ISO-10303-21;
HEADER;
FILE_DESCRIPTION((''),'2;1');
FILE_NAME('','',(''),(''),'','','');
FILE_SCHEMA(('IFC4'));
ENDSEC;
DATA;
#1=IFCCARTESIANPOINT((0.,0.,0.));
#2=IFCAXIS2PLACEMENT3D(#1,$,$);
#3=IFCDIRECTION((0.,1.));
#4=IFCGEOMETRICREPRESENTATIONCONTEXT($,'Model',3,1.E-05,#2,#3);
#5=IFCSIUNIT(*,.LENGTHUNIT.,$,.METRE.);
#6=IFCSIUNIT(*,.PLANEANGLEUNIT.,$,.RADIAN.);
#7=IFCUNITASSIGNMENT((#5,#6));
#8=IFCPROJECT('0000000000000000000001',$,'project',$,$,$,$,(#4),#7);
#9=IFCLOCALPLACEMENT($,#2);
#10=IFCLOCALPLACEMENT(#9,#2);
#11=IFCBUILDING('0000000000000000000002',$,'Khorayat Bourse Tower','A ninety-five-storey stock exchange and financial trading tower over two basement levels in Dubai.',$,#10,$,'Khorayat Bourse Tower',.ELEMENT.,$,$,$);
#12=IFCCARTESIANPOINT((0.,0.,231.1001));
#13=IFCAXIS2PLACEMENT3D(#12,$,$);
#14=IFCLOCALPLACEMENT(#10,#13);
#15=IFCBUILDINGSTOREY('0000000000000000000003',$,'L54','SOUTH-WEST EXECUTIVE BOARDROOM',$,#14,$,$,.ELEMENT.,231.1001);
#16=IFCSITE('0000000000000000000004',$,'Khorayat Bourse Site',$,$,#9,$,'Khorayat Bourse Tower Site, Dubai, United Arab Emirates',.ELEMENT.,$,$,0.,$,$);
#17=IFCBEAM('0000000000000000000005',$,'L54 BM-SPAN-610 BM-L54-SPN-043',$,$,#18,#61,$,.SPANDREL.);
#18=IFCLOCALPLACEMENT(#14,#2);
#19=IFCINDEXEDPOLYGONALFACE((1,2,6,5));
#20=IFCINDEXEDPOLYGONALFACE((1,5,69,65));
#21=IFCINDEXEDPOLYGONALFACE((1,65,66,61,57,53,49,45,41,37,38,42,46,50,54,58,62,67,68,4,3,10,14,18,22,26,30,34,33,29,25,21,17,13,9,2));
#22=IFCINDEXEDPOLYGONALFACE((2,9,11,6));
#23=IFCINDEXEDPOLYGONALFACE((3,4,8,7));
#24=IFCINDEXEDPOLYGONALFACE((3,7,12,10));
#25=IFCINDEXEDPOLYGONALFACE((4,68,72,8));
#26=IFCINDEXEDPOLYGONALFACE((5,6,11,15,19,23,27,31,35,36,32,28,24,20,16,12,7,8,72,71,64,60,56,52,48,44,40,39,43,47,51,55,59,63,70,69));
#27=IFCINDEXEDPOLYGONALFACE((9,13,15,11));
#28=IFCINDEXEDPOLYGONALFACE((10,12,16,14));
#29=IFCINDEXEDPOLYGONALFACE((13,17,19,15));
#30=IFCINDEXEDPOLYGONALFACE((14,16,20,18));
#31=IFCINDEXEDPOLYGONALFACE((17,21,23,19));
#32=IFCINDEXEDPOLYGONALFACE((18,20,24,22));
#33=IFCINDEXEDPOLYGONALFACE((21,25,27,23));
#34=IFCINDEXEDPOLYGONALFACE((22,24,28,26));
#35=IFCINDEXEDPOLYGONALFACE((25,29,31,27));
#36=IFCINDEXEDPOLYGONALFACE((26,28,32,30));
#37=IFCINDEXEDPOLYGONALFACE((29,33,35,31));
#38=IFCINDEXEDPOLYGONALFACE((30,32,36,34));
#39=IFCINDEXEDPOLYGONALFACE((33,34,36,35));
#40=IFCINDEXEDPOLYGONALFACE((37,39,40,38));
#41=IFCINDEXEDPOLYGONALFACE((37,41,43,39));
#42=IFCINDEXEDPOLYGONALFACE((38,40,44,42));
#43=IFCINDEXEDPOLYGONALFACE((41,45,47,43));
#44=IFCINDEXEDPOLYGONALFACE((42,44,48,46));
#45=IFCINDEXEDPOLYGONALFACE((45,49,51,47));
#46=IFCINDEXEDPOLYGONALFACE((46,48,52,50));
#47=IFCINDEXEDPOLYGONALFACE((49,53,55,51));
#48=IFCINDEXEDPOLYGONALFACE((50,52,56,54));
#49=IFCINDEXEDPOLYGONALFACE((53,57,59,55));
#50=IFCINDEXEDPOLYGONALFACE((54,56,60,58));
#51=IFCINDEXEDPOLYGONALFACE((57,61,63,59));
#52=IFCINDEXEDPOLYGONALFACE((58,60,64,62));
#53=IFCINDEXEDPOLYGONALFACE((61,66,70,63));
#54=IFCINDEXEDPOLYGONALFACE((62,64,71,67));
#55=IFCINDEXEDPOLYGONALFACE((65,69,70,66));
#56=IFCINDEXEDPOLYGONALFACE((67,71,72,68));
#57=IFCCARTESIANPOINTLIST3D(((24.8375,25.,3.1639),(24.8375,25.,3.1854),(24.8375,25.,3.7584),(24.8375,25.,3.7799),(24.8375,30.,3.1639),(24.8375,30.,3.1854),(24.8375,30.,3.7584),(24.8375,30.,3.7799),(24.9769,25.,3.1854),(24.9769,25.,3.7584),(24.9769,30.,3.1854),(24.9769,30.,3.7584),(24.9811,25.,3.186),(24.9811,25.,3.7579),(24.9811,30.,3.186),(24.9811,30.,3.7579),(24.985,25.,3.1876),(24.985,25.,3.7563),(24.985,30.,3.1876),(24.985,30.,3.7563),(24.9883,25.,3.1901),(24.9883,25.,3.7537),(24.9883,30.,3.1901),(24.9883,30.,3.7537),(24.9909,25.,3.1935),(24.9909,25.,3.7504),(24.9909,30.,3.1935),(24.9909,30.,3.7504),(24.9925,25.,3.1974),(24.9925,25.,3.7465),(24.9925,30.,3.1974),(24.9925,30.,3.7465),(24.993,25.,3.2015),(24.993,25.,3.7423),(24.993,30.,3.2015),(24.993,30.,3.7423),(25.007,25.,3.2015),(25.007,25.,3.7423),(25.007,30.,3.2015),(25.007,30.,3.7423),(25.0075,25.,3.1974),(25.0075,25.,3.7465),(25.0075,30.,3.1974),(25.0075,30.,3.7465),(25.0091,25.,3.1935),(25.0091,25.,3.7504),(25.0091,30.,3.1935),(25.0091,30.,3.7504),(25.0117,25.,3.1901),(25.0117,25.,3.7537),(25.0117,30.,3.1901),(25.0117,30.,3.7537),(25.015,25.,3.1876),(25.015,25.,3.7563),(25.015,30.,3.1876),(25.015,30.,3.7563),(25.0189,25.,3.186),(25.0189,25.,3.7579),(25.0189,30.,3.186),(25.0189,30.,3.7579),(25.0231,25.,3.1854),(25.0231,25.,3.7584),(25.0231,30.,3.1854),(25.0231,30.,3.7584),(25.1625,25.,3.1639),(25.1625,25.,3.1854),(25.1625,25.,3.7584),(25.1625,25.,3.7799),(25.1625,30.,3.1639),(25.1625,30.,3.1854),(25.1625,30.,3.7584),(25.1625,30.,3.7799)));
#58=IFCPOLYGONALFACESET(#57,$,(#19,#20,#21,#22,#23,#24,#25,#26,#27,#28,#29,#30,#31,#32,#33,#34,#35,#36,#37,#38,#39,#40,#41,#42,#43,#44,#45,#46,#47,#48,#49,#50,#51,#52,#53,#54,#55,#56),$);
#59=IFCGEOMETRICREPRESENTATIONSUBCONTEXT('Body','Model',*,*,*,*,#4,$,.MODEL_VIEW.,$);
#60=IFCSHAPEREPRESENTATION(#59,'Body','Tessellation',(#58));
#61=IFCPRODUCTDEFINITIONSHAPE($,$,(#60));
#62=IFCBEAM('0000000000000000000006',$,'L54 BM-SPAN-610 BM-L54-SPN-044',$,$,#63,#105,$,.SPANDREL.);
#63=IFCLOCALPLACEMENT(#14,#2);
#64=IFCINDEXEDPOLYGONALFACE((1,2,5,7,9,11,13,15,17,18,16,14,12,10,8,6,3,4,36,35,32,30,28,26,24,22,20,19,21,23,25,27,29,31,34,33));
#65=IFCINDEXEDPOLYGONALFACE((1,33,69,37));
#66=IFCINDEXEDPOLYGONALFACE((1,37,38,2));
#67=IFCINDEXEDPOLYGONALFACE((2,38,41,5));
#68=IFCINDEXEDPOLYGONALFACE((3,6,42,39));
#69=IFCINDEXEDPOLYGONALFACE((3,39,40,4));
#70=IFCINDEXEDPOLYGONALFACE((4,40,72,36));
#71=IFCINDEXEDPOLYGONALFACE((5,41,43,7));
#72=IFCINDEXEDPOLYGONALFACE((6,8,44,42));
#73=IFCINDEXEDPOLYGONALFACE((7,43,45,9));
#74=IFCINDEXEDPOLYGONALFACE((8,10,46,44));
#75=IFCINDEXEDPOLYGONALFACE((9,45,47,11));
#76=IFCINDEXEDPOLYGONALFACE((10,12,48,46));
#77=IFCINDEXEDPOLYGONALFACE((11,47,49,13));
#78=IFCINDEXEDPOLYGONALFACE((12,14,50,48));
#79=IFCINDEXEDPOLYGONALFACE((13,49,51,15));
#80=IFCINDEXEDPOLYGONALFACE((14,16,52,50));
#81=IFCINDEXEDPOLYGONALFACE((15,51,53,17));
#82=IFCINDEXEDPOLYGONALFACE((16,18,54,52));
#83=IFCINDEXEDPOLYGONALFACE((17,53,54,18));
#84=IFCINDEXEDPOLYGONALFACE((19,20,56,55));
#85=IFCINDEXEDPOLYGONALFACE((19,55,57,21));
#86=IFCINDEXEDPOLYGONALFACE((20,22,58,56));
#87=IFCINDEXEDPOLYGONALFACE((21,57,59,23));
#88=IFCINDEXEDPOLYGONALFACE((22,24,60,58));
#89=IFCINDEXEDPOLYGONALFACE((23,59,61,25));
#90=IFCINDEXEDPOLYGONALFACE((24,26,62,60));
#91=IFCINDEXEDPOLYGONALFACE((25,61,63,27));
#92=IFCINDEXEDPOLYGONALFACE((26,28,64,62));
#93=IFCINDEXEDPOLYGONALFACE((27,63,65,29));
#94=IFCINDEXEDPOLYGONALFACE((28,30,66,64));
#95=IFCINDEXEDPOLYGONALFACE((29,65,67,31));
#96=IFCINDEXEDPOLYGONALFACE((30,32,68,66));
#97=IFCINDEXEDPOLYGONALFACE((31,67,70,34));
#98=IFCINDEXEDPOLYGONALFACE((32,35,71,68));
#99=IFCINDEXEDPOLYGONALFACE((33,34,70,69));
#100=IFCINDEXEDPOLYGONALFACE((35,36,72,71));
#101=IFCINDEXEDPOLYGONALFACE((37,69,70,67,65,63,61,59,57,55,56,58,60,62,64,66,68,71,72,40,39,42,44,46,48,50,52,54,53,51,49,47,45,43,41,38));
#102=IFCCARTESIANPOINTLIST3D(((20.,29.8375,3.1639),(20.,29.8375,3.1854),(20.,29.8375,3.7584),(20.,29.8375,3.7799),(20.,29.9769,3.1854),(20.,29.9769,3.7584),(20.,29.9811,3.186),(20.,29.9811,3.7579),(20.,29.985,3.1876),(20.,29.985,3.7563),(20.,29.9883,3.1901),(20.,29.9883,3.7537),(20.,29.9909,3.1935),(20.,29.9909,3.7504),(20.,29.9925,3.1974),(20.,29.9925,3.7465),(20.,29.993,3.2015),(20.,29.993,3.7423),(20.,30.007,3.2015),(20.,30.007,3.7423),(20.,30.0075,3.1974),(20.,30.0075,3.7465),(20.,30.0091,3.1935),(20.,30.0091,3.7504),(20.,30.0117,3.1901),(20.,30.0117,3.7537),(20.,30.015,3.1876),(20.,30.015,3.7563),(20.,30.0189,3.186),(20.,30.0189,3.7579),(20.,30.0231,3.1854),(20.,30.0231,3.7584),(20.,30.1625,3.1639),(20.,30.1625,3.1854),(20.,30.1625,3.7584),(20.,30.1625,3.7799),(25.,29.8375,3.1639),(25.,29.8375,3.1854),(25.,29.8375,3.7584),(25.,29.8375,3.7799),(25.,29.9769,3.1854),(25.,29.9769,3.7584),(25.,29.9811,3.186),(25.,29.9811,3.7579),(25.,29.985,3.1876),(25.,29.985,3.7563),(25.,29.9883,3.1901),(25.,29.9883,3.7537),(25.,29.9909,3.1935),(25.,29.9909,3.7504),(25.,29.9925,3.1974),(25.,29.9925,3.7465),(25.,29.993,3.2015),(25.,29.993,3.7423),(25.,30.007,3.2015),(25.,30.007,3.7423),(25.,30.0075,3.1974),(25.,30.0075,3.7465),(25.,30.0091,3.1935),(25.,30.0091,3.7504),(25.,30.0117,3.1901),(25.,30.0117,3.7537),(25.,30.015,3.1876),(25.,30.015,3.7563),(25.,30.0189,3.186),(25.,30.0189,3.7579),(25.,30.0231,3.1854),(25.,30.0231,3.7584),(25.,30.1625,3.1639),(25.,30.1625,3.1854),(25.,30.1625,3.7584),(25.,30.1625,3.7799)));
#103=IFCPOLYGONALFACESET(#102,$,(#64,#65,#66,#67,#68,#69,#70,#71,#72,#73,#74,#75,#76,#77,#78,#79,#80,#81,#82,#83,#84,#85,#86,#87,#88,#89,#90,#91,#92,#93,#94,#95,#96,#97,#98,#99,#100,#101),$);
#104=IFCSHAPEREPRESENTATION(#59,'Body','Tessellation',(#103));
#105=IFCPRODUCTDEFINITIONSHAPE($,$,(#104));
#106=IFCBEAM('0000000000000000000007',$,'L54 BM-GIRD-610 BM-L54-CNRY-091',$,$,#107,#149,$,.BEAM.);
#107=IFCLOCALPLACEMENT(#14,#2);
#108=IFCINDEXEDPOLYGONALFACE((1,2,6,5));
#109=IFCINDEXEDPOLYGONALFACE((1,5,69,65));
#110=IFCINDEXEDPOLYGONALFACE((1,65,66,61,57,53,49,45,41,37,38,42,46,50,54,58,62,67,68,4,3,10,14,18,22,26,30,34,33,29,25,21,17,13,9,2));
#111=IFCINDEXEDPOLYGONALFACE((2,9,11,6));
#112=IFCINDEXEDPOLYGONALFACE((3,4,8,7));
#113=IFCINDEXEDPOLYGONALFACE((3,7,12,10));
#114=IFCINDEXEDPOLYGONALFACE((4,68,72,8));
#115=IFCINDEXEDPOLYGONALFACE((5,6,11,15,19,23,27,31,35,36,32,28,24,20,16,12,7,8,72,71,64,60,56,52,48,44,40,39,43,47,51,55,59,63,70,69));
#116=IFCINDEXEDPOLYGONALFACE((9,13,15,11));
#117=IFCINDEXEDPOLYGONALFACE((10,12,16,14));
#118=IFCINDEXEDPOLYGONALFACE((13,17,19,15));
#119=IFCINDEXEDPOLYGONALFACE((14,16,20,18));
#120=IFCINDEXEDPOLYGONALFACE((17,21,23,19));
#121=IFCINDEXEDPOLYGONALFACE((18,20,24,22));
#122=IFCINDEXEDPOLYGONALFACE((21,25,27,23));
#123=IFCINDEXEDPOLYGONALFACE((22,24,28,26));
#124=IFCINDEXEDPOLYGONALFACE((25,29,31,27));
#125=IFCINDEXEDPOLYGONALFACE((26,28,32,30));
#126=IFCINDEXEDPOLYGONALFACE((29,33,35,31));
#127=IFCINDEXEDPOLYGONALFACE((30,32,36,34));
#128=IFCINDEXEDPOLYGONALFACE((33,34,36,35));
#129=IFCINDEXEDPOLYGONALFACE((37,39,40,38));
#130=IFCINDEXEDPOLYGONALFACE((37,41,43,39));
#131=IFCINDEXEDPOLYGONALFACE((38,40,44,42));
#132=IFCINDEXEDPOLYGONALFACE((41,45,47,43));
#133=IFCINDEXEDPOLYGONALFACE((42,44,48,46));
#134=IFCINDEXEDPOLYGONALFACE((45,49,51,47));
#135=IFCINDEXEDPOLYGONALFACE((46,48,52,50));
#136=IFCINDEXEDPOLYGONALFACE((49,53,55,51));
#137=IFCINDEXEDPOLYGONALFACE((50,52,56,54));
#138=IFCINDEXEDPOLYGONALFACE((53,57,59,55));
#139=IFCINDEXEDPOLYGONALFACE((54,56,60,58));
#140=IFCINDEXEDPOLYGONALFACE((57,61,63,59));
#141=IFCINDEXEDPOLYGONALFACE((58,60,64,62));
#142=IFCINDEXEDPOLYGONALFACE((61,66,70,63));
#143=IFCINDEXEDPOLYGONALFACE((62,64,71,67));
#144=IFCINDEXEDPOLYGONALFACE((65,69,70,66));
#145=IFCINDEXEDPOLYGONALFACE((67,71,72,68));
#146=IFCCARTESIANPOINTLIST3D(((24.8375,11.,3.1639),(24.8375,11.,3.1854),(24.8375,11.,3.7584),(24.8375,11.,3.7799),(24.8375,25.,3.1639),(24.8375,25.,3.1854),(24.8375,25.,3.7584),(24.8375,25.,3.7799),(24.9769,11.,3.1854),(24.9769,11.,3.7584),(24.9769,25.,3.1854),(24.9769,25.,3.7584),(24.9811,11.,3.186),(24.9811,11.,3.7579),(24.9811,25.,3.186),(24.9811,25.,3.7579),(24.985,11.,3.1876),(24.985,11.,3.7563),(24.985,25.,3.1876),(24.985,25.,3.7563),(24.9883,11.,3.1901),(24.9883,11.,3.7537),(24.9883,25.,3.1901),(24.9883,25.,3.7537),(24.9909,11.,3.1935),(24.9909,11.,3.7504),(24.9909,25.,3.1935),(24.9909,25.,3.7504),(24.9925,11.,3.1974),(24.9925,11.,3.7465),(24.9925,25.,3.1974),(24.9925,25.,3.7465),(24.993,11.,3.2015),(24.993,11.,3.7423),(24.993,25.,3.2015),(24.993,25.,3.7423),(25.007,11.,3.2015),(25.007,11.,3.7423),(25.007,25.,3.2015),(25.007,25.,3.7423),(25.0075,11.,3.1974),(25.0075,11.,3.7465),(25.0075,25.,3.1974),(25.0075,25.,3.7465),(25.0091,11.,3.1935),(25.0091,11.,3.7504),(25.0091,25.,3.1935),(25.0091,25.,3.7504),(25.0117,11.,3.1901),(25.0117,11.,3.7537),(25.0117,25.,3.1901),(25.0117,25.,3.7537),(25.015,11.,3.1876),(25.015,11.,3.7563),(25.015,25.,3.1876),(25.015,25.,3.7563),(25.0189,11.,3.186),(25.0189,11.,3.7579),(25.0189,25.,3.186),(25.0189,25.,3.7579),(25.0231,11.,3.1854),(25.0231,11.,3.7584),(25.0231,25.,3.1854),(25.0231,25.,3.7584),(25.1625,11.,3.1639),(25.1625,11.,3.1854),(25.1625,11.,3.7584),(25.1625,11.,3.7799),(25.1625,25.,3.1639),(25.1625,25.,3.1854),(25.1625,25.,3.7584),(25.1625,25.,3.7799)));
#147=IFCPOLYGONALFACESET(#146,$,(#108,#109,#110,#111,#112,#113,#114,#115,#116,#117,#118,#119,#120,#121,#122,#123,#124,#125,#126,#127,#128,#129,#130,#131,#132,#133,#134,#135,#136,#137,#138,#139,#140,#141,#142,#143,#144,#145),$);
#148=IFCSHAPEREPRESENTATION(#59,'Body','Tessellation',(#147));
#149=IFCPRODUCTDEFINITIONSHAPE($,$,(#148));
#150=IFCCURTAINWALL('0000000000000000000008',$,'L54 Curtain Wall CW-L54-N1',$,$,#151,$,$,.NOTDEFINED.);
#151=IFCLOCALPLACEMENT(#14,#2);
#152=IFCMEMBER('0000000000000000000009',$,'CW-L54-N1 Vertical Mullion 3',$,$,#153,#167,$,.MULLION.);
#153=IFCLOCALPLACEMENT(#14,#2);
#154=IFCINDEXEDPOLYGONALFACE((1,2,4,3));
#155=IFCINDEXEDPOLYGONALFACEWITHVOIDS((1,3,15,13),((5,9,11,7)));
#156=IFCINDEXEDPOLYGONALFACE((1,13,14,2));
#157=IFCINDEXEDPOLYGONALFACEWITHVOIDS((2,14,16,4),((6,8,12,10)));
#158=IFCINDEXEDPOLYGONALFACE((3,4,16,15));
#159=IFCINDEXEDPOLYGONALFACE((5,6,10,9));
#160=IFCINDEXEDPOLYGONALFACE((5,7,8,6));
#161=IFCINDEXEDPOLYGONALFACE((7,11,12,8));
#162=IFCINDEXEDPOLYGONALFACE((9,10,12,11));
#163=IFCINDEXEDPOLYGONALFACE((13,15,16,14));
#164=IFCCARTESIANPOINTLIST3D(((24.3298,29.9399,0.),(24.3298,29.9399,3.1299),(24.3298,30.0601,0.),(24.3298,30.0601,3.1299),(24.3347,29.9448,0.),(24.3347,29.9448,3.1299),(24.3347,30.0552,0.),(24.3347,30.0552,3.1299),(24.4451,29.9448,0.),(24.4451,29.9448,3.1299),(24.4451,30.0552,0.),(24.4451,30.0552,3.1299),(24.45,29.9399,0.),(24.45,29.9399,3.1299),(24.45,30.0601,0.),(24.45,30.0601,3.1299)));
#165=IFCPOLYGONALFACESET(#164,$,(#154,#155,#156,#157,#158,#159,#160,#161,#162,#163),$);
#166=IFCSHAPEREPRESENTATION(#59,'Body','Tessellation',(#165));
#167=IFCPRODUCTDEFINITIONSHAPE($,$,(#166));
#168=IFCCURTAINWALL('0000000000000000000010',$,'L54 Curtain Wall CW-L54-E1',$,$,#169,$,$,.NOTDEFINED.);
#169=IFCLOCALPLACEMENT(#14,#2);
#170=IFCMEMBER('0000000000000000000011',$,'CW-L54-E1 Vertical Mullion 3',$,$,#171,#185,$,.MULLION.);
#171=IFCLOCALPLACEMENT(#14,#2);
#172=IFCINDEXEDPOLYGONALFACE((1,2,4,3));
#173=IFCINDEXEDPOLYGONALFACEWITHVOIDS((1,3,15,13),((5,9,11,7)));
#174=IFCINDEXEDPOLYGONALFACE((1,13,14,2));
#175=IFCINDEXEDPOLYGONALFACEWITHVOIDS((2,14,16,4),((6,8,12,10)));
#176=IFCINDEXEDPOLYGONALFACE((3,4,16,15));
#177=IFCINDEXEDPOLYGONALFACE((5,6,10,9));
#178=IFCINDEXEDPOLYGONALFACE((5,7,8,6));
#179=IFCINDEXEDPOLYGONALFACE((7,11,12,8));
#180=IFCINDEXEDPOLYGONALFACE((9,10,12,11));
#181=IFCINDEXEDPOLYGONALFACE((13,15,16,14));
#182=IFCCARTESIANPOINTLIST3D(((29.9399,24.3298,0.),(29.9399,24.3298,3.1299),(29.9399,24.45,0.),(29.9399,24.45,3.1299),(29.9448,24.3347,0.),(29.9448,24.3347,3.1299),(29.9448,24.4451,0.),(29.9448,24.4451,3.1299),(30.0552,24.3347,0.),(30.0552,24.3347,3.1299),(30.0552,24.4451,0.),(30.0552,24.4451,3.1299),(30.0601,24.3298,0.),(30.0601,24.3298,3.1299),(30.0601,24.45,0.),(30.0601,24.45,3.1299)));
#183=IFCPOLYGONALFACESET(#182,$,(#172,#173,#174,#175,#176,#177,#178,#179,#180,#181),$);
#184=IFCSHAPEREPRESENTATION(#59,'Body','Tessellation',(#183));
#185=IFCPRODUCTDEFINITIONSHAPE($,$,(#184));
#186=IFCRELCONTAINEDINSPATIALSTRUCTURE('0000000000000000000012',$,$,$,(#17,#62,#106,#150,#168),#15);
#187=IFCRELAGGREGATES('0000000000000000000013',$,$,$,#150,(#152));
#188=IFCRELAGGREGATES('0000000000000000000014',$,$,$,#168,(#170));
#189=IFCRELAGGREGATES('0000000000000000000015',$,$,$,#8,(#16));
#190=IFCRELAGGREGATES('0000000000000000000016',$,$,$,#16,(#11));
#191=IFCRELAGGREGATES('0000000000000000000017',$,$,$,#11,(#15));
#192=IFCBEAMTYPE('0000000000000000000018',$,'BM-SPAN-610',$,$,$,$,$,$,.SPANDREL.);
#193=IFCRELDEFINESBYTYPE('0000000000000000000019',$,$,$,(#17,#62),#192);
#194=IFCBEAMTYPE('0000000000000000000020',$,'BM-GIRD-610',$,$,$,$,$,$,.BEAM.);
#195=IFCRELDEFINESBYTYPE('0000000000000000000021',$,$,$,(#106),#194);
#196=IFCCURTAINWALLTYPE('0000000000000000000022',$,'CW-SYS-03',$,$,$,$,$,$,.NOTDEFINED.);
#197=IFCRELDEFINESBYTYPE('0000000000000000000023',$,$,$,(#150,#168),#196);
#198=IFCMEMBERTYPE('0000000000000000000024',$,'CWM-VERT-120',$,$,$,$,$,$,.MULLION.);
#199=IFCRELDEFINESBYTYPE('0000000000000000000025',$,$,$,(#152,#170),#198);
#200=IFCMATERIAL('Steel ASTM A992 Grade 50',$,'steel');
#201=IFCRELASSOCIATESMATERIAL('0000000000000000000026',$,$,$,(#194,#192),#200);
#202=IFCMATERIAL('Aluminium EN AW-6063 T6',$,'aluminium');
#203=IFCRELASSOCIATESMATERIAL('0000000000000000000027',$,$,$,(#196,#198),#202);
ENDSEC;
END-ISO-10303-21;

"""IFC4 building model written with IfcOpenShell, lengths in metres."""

from ifc_helpers import new_model, si_unit, direction, frame, origin, origin_2d, place, context, subcontext, project, spatial, hollow_rectangle, i_section, extrude, source, transform, mapped, material, material_profile, profile_set, type_object, element, aggregate, save


model = new_model("IFC4")

# Units and contexts
model_context = context("Model", 3, precision=1e-05, world=origin(), true_north=direction((0.0, 1.0)))
body_context = subcontext(model_context, "Body", "Model", "MODEL_VIEW")
ifc_project = project(units=[si_unit("LENGTHUNIT", "METRE"), si_unit("PLANEANGLEUNIT", "RADIAN")], contexts=[model_context])

# Site, building, storey
site_placement = place(None, origin())
site = spatial("IfcSite", under=ifc_project, at=site_placement, Name="Khorayat Bourse Site", LongName="Khorayat Bourse Tower Site, Dubai, United Arab Emirates", CompositionType="ELEMENT", RefElevation=0.0)
building_placement = place(site_placement, origin())
building = spatial("IfcBuilding", under=site, at=building_placement, Name="Khorayat Bourse Tower", Description="A ninety-five-storey stock exchange and financial trading tower over two basement levels in Dubai.", LongName="Khorayat Bourse Tower", CompositionType="ELEMENT")
storey_placement = place(building_placement, frame((0.0, 0.0, 231.1001)))
storey = spatial("IfcBuildingStorey", under=building, at=storey_placement, Name="L54", Description="SOUTH-WEST EXECUTIVE BOARDROOM", CompositionType="ELEMENT", Elevation=231.1001)

# Beams
ifc_material_1 = material(Name="Steel ASTM A992 Grade 50", Category="steel")
ifc_material_profile_1 = material_profile(ifc_material_1, i_section(OverallWidth=0.325, OverallDepth=0.616, WebThickness=0.0139, FlangeThickness=0.0215, FilletRadius=0.0161, at=origin_2d()), Name="W610X174")
ifc_profile_set_1 = profile_set([ifc_material_profile_1], Name="Steel ASTM A992 Grade 50")
beam_type_1 = type_object("IfcBeamType", Name="BM-GIRD-610", PredefinedType="BEAM", material=ifc_profile_set_1)
ifc_material_profile_2 = material_profile(ifc_material_1, i_section(OverallWidth=0.325, OverallDepth=0.616, WebThickness=0.0139, FlangeThickness=0.0215, FilletRadius=0.0161, at=origin_2d()), Name="W610X174")
ifc_profile_set_2 = profile_set([ifc_material_profile_2], Name="Steel ASTM A992 Grade 50")
beam_type_2 = type_object("IfcBeamType", Name="BM-SPAN-610", PredefinedType="SPANDREL", material=ifc_profile_set_2)
shared_shape_1 = source(origin(), body_context, "Body", "SweptSolid", [
    extrude(i_section(OverallWidth=0.325, OverallDepth=0.616, WebThickness=0.0139, FlangeThickness=0.0215, FilletRadius=0.0161, at=origin_2d()), origin(), (0.0, 0.0, 1.0), 5.0),
])
for number, where, z_axis, x_axis, name in (
    (1, (25.0, 25.0, 3.4719), (0.0, 1.0, 0.0), (-1.0, 0.0, 0.0), "L54 BM-SPAN-610 BM-L54-SPN-043"),
    (2, (20.0, 30.0, 3.4719), (1.0, 0.0, 0.0), (0.0, 1.0, 0.0), "L54 BM-SPAN-610 BM-L54-SPN-044"),
):
    element("IfcBeam", number, at=place(storey_placement, frame(where, z_axis=z_axis, x_axis=x_axis)), inside=storey, type_object=beam_type_2, Name=name, PredefinedType="SPANDREL", context=body_context, shape_type="MappedRepresentation", body=[
        mapped(shared_shape_1, transform((0.0, 0.0, 0.0), scale=1.0)),
    ])
shared_shape_2 = source(origin(), body_context, "Body", "SweptSolid", [
    extrude(i_section(OverallWidth=0.325, OverallDepth=0.616, WebThickness=0.0139, FlangeThickness=0.0215, FilletRadius=0.0161, at=origin_2d()), origin(), (0.0, 0.0, 1.0), 14.0),
])
beam_1_placement = place(storey_placement, frame((25.0, 11.0, 3.4719), z_axis=(0.0, 1.0, 0.0), x_axis=(-1.0, 0.0, 0.0)))
element("IfcBeam", 3, at=beam_1_placement, inside=storey, type_object=beam_type_1, Name="L54 BM-GIRD-610 BM-L54-CNRY-091", PredefinedType="BEAM", context=body_context, shape_type="MappedRepresentation", body=[
    mapped(shared_shape_2, transform((0.0, 0.0, 0.0), scale=1.0)),
])

# Curtain wall, member
ifc_material_2 = material(Name="Aluminium EN AW-6063 T6", Category="aluminium")
curtain_wall_type = type_object("IfcCurtainWallType", Name="CW-SYS-03", PredefinedType="NOTDEFINED", material=ifc_material_2)
curtain_wall_1_placement = place(storey_placement, origin())
curtain_wall_1 = element("IfcCurtainWall", 4, at=curtain_wall_1_placement, inside=storey, type_object=curtain_wall_type, Name="L54 Curtain Wall CW-L54-N1", PredefinedType="NOTDEFINED")
ifc_material_profile_3 = material_profile(ifc_material_2, hollow_rectangle(XDim=0.1201, YDim=0.1201, WallThickness=0.0049, at=origin_2d()), Name="ALU 120x120x5")
ifc_profile_set_3 = profile_set([ifc_material_profile_3], Name="Aluminium EN AW-6063 T6")
member_type_1 = type_object("IfcMemberType", Name="CWM-VERT-120", PredefinedType="MULLION", material=ifc_profile_set_3)
shared_shape_3 = source(origin(), body_context, "Body", "SweptSolid", [
    extrude(hollow_rectangle(XDim=0.1201, YDim=0.1201, WallThickness=0.0049, at=origin_2d()), origin(), (0.0, 0.0, 1.0), 3.1299),
])
member_1_placement = place(storey_placement, frame((24.3899, 30.0, 0.0), z_axis=(0.0, 0.0, 1.0), x_axis=(0.0, 1.0, 0.0)))
member_1 = element("IfcMember", 5, at=member_1_placement, type_object=member_type_1, Name="CW-L54-N1 Vertical Mullion 3", PredefinedType="MULLION", context=body_context, shape_type="MappedRepresentation", body=[
    mapped(shared_shape_3, transform((0.0, 0.0, 0.0), scale=1.0)),
])
aggregate(curtain_wall_1, [member_1])

# Curtain wall, member
curtain_wall_2_placement = place(storey_placement, origin())
curtain_wall_2 = element("IfcCurtainWall", 6, at=curtain_wall_2_placement, inside=storey, type_object=curtain_wall_type, Name="L54 Curtain Wall CW-L54-E1", PredefinedType="NOTDEFINED")
member_2_placement = place(storey_placement, frame((30.0, 24.3899, 0.0), z_axis=(0.0, 0.0, 1.0), x_axis=(-1.0, 0.0, 0.0)))
member_2 = element("IfcMember", 7, at=member_2_placement, type_object=member_type_1, Name="CW-L54-E1 Vertical Mullion 3", PredefinedType="MULLION", context=body_context, shape_type="MappedRepresentation", body=[
    mapped(shared_shape_3, transform((0.0, 0.0, 0.0), scale=1.0)),
])

aggregate(curtain_wall_2, [member_2])

save(model, "model.ifc")
